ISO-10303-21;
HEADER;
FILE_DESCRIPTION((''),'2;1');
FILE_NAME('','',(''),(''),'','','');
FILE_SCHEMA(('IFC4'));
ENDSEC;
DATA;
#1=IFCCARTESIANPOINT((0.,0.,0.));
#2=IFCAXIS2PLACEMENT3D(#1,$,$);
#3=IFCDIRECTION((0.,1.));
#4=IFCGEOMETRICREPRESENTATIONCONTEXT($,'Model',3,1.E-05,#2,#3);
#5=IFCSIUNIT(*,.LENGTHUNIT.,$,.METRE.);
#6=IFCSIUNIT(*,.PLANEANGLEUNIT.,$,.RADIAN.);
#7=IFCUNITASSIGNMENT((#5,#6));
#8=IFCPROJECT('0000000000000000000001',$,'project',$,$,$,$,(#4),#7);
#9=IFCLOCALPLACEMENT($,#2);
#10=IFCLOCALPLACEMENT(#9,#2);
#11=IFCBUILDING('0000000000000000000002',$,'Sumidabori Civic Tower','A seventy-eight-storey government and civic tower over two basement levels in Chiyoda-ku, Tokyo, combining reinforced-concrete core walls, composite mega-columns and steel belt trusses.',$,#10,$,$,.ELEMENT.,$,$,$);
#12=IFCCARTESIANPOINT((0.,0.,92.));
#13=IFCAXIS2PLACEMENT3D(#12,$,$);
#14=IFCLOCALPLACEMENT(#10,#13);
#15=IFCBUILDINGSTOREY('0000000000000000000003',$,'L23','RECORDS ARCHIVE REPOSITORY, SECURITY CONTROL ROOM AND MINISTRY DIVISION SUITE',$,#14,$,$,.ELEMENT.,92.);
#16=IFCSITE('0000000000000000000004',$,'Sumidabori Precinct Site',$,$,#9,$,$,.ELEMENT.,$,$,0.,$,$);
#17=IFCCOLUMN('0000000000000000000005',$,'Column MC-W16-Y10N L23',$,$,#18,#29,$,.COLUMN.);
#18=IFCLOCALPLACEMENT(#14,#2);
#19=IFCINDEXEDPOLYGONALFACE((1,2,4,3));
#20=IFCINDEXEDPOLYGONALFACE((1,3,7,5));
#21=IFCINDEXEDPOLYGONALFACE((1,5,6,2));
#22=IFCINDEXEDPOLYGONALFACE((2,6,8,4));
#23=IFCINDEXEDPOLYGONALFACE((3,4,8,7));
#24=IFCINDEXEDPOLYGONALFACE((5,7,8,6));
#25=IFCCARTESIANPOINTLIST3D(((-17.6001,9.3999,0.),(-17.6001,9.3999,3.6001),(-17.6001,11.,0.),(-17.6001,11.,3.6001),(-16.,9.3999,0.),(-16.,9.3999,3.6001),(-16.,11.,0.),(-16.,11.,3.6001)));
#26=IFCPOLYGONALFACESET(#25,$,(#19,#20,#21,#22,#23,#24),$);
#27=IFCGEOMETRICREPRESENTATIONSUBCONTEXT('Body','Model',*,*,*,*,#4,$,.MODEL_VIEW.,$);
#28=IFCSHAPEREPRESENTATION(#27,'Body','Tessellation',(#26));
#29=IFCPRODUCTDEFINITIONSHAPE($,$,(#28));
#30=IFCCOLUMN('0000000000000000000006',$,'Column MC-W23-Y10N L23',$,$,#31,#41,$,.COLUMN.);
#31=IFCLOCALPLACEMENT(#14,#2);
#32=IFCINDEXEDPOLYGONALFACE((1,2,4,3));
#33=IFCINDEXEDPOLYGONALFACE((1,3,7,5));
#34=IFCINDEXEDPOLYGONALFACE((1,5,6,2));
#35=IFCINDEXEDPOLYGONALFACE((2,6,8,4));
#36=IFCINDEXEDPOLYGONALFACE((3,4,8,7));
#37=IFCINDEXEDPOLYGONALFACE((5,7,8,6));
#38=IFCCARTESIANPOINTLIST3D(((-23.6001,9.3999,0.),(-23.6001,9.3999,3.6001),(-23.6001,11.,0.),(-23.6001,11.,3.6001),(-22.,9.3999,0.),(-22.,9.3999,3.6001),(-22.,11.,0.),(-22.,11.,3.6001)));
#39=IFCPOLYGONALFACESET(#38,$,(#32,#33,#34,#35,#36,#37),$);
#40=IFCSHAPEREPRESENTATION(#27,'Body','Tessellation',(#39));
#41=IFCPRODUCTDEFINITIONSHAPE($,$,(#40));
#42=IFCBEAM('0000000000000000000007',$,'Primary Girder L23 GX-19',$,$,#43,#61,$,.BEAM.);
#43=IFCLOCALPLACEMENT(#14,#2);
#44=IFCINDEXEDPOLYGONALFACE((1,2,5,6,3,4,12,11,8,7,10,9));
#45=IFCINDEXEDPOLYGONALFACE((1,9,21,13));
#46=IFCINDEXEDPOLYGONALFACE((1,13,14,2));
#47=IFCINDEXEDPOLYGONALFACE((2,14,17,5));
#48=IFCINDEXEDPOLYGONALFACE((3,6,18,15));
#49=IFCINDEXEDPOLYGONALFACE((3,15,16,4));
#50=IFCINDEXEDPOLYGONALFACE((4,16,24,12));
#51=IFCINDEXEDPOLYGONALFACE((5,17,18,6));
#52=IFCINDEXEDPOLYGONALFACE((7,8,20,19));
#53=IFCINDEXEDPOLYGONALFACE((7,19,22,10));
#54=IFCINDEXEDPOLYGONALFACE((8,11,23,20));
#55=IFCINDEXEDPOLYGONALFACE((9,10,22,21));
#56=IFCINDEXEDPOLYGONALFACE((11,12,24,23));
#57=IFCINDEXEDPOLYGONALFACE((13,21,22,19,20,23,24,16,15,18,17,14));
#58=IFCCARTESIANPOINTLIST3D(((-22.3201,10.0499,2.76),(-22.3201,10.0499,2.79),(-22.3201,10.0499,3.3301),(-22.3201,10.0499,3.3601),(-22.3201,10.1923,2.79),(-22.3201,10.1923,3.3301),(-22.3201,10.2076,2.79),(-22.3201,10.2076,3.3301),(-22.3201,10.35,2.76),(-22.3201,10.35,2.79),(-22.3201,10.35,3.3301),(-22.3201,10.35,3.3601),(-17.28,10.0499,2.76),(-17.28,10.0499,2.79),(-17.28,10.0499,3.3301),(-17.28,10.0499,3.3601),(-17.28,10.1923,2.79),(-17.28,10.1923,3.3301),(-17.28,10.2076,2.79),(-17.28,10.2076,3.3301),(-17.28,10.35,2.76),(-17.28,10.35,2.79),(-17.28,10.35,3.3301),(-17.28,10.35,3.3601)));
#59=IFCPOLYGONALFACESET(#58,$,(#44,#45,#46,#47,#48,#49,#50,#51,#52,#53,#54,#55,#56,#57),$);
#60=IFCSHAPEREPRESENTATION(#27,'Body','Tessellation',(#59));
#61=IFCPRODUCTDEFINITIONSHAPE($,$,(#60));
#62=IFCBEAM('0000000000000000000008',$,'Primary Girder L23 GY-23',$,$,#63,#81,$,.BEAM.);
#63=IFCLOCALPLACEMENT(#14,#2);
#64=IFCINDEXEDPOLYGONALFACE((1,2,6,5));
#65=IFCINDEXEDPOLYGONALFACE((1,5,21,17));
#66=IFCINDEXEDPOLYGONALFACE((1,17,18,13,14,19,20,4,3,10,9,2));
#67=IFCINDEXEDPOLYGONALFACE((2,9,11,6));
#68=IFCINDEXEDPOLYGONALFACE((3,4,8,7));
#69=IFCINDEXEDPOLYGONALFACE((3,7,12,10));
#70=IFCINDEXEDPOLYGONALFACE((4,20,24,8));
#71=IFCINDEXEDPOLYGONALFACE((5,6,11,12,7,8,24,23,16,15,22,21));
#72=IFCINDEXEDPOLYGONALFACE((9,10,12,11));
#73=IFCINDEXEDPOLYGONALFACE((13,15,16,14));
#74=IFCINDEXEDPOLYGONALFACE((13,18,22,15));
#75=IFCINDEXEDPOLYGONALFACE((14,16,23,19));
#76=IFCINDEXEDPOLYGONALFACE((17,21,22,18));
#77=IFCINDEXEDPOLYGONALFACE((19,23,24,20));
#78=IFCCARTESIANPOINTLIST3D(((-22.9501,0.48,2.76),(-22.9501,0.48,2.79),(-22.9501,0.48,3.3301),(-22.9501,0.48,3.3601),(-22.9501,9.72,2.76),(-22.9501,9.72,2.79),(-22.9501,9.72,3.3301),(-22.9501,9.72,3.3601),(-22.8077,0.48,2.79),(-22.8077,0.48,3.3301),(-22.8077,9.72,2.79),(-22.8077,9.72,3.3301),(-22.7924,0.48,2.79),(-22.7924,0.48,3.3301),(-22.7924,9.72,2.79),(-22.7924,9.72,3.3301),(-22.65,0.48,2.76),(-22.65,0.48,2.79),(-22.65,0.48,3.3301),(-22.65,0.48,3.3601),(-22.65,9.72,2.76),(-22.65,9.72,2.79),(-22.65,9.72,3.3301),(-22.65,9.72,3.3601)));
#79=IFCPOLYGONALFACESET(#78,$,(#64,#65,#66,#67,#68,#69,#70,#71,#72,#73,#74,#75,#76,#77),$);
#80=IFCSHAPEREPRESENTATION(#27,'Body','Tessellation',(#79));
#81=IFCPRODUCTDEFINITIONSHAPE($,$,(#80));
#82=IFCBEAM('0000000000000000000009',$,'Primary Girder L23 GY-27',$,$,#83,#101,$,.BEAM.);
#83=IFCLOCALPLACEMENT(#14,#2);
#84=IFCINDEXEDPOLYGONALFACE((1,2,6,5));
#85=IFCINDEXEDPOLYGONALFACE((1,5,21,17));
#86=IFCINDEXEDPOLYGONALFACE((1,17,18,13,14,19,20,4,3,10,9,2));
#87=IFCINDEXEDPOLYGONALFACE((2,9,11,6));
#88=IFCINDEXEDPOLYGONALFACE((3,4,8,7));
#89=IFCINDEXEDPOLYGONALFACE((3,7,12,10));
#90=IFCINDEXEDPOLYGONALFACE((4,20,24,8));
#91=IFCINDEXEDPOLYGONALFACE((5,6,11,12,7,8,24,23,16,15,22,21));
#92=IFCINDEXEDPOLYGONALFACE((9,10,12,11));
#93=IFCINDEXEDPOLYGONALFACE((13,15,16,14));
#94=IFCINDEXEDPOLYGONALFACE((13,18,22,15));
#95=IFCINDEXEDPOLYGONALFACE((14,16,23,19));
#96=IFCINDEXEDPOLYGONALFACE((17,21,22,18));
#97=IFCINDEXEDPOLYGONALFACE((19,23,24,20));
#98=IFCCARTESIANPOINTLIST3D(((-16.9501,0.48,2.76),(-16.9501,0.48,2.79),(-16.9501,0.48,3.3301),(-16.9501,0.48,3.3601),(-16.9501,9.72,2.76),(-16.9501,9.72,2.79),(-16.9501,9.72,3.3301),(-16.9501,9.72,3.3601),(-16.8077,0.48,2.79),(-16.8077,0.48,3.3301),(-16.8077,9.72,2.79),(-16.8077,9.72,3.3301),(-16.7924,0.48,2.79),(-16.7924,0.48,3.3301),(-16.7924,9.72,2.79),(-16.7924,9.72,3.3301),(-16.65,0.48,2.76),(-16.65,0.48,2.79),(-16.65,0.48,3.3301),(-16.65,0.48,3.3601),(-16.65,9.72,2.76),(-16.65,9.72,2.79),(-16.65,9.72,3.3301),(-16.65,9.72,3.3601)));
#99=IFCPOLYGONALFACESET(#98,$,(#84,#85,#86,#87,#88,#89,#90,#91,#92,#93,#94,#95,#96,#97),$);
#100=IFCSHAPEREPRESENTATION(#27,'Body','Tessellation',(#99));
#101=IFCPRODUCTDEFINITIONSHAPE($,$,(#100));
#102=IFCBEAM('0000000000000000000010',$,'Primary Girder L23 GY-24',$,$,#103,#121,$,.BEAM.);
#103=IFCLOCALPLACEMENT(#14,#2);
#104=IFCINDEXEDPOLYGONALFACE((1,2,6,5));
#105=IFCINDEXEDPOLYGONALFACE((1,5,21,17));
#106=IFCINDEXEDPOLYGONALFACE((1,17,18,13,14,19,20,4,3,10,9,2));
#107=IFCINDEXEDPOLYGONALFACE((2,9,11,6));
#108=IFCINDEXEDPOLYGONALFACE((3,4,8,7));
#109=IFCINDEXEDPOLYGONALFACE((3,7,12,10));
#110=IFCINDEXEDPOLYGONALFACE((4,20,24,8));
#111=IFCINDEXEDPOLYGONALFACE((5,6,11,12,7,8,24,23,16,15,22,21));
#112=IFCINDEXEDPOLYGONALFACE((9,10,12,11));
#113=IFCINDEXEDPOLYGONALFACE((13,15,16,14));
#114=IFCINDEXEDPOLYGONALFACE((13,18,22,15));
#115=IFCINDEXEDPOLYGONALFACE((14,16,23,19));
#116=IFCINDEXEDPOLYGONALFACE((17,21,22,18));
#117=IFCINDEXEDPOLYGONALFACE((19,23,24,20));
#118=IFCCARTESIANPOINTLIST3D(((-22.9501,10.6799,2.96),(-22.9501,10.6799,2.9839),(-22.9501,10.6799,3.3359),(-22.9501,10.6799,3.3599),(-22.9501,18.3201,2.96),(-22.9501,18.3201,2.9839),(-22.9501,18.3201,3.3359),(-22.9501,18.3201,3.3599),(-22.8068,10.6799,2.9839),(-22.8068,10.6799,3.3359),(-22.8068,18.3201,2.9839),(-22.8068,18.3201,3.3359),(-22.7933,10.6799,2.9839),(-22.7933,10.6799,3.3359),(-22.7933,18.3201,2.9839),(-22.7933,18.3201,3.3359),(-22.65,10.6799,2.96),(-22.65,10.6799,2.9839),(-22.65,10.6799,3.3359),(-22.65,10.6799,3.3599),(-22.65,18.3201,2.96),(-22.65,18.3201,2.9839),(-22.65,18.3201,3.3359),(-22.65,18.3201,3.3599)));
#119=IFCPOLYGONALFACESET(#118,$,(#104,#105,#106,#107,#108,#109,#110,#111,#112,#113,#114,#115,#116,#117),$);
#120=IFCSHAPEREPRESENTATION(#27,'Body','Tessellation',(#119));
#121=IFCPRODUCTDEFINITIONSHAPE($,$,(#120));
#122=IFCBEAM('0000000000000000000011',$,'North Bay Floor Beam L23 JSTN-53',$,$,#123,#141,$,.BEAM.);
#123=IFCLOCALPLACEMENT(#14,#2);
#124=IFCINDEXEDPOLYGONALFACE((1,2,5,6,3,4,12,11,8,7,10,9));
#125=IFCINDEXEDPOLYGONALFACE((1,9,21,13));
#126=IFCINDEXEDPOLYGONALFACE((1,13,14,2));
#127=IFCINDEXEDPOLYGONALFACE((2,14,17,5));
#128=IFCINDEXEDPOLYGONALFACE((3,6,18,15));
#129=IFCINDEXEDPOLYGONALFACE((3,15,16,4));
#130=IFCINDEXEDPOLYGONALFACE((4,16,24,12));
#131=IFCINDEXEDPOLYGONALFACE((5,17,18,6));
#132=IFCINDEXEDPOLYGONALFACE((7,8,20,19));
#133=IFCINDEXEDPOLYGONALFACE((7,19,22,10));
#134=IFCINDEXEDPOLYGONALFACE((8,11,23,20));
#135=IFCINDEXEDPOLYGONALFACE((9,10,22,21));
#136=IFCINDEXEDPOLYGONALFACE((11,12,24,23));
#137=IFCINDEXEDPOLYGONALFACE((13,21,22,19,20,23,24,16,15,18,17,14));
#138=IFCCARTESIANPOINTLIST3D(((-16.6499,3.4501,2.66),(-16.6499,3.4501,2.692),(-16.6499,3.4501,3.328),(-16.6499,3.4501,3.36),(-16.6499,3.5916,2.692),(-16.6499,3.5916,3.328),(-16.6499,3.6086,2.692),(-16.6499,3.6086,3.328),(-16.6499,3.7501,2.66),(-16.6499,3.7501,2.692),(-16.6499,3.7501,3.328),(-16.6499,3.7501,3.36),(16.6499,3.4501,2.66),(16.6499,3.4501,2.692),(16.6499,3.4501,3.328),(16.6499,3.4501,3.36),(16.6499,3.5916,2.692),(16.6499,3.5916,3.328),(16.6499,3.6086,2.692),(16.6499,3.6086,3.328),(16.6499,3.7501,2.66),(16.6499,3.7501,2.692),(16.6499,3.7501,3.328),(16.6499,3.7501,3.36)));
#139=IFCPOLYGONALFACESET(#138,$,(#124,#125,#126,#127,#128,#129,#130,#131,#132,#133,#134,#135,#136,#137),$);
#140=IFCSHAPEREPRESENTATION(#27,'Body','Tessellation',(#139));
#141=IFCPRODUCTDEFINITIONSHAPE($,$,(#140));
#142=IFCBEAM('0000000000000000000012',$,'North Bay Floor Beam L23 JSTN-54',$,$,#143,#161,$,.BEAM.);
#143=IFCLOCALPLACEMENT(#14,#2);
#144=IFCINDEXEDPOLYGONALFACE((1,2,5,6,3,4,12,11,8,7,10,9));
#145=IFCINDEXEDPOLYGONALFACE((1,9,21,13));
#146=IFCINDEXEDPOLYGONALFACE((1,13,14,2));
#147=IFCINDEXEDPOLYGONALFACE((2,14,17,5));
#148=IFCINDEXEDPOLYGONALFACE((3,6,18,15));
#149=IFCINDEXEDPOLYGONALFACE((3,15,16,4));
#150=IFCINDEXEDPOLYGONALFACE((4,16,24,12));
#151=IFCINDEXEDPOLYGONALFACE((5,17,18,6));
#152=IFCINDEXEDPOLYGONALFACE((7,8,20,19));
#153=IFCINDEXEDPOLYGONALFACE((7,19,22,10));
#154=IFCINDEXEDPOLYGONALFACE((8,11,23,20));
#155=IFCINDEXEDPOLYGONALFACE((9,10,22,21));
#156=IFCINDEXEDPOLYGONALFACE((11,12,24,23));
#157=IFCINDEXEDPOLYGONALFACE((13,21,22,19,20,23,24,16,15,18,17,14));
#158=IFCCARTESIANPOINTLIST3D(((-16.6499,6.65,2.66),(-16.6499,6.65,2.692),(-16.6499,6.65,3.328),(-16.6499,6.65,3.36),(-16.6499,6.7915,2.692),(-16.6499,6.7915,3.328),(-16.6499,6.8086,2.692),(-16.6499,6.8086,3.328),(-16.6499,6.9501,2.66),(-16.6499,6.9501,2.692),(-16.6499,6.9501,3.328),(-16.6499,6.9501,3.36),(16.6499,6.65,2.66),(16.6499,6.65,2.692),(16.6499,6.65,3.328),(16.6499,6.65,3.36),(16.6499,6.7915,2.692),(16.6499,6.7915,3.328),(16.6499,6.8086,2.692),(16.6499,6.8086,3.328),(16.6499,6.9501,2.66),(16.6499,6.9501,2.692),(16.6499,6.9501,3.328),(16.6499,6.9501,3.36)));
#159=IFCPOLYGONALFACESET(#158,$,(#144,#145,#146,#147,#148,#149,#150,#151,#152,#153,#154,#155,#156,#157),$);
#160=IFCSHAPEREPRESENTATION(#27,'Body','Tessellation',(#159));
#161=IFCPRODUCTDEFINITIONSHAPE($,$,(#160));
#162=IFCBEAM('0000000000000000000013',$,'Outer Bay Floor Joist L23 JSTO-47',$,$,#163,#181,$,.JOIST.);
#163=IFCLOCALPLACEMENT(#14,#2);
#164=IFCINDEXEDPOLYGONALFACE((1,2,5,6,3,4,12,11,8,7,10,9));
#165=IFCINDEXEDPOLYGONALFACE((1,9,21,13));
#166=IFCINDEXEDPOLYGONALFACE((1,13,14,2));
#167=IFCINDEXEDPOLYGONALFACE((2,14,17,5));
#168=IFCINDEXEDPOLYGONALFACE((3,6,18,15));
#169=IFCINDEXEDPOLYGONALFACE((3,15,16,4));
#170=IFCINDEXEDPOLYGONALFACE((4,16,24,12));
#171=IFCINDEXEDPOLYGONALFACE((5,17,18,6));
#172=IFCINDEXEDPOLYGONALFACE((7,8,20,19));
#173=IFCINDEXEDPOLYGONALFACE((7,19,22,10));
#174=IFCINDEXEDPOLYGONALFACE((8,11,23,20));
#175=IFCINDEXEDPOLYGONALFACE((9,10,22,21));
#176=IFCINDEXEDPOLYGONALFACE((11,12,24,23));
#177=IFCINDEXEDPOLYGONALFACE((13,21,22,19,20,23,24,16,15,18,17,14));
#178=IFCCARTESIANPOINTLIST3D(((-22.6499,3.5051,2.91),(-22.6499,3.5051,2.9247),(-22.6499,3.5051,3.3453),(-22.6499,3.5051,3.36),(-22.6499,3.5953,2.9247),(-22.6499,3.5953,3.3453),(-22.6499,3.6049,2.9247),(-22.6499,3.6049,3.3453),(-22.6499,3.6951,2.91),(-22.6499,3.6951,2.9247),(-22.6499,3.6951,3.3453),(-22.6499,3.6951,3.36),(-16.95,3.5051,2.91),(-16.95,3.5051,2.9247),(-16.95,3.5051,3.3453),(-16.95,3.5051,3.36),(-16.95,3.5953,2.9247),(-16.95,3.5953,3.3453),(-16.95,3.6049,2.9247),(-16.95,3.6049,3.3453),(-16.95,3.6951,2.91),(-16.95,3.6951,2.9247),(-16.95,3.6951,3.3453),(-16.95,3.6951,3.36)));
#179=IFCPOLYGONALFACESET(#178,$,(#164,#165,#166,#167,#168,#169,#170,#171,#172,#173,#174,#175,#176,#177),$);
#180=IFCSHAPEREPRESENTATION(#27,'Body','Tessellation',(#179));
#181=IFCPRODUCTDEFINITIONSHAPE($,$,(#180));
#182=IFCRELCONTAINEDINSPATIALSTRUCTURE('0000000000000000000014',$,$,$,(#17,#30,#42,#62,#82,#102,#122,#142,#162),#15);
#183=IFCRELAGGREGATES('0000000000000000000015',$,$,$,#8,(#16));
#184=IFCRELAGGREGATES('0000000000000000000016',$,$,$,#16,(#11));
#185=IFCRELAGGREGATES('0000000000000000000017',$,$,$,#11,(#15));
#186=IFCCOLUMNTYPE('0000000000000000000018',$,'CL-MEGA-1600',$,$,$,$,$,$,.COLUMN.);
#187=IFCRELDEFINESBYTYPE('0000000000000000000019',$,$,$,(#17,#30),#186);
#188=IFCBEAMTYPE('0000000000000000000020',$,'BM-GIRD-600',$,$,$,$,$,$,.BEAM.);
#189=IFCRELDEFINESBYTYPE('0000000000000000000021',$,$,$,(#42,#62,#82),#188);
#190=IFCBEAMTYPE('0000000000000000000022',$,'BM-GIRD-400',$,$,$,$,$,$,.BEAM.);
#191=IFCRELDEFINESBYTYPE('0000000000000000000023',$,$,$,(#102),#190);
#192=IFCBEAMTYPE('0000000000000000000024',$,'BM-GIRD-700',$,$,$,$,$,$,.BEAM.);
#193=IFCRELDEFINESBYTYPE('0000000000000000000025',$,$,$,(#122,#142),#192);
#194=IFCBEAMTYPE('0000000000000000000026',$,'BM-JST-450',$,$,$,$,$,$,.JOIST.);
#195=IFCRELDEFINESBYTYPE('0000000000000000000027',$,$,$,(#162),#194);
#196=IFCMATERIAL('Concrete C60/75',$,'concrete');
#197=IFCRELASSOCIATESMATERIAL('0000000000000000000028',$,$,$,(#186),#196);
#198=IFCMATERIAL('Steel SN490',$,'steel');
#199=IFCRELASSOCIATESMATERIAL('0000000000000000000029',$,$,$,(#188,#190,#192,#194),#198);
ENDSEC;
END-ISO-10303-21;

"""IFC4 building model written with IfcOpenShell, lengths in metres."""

from ifc_helpers import new_model, si_unit, direction, frame, origin, origin_2d, place, context, subcontext, project, spatial, rectangle, i_section, extrude, source, transform, mapped, material, material_profile, profile_set, type_object, element, save


model = new_model("IFC4")

# Units and contexts
model_context = context("Model", 3, precision=1e-05, world=origin(), true_north=direction((0.0, 1.0)))
body_context = subcontext(model_context, "Body", "Model", "MODEL_VIEW")
ifc_project = project(units=[si_unit("LENGTHUNIT", "METRE"), si_unit("PLANEANGLEUNIT", "RADIAN")], contexts=[model_context])

# Site, building, storey
site_placement = place(None, origin())
site = spatial("IfcSite", under=ifc_project, at=site_placement, Name="Sumidabori Precinct Site", CompositionType="ELEMENT", RefElevation=0.0)
building_placement = place(site_placement, origin())
building = spatial("IfcBuilding", under=site, at=building_placement, Name="Sumidabori Civic Tower", Description="A seventy-eight-storey government and civic tower over two basement levels in Chiyoda-ku, Tokyo, combining reinforced-concrete core walls, composite mega-columns and steel belt trusses.", CompositionType="ELEMENT")
storey_placement = place(building_placement, frame((0.0, 0.0, 92.0)))
storey = spatial("IfcBuildingStorey", under=building, at=storey_placement, Name="L23", Description="RECORDS ARCHIVE REPOSITORY, SECURITY CONTROL ROOM AND MINISTRY DIVISION SUITE", CompositionType="ELEMENT", Elevation=92.0)

# Columns
ifc_material_1 = material(Name="Concrete C60/75", Category="concrete")
ifc_material_profile_1 = material_profile(ifc_material_1, rectangle(XDim=1.6001, YDim=1.6001, at=origin_2d()), Name="RC 1600x1600")
ifc_profile_set_1 = profile_set([ifc_material_profile_1], Name="Concrete C60/75")
column_type = type_object("IfcColumnType", Name="CL-MEGA-1600", PredefinedType="COLUMN", material=ifc_profile_set_1)
shared_shape_1 = source(origin(), body_context, "Body", "SweptSolid", [
    extrude(rectangle(XDim=1.6001, YDim=1.6001, at=origin_2d()), origin(), (0.0, 0.0, 1.0), 3.6001),
])
for number, where, z_axis, x_axis, name in (
    (1, (-16.8, 10.2, 0.0), (0.0, 0.0, 1.0), (1.0, 0.0, 0.0), "Column MC-W16-Y10N L23"),
    (2, (-22.8, 10.2, 0.0), (0.0, 0.0, 1.0), (1.0, 0.0, 0.0), "Column MC-W23-Y10N L23"),
):
    element("IfcColumn", number, at=place(storey_placement, frame(where, z_axis=z_axis, x_axis=x_axis)), inside=storey, type_object=column_type, Name=name, PredefinedType="COLUMN", context=body_context, shape_type="MappedRepresentation", body=[
        mapped(shared_shape_1, transform((0.0, 0.0, 0.0), x_axis=(1.0, 0.0, 0.0), y_axis=(0.0, 1.0, 0.0), z_axis=(0.0, 0.0, 1.0), scale=1.0)),
    ])

# Beams
ifc_material_2 = material(Name="Steel SN490", Category="steel")
ifc_material_profile_2 = material_profile(ifc_material_2, i_section(OverallWidth=0.3, OverallDepth=0.6001, WebThickness=0.0154, FlangeThickness=0.03, at=origin_2d()), Name="HE 600 B")
ifc_profile_set_2 = profile_set([ifc_material_profile_2], Name="Steel SN490")
beam_type_1 = type_object("IfcBeamType", Name="BM-GIRD-600", PredefinedType="BEAM", material=ifc_profile_set_2)
shared_shape_2 = source(origin(), body_context, "Body", "SweptSolid", [
    extrude(i_section(OverallWidth=0.3, OverallDepth=0.6001, WebThickness=0.0154, FlangeThickness=0.03, at=origin_2d()), origin(), (0.0, 0.0, 1.0), 5.04),
])
beam_1_placement = place(storey_placement, frame((-22.3201, 10.2, 3.0601), z_axis=(1.0, 0.0, 0.0), x_axis=(0.0, 1.0, 0.0)))
element("IfcBeam", 3, at=beam_1_placement, inside=storey, type_object=beam_type_1, Name="Primary Girder L23 GX-19", PredefinedType="BEAM", context=body_context, shape_type="MappedRepresentation", body=[
    mapped(shared_shape_2, transform((0.0, 0.0, 0.0), x_axis=(1.0, 0.0, 0.0), y_axis=(0.0, 1.0, 0.0), z_axis=(0.0, 0.0, 1.0), scale=1.0)),
])
shared_shape_3 = source(origin(), body_context, "Body", "SweptSolid", [
    extrude(i_section(OverallWidth=0.3, OverallDepth=0.6001, WebThickness=0.0154, FlangeThickness=0.03, at=origin_2d()), origin(), (0.0, 0.0, 1.0), 9.24),
])
for number, where, z_axis, x_axis, name in (
    (4, (-22.8, 0.48, 3.0601), (0.0, 1.0, 0.0), (-1.0, 0.0, 0.0), "Primary Girder L23 GY-23"),
    (5, (-16.8, 0.48, 3.0601), (0.0, 1.0, 0.0), (-1.0, 0.0, 0.0), "Primary Girder L23 GY-27"),
):
    element("IfcBeam", number, at=place(storey_placement, frame(where, z_axis=z_axis, x_axis=x_axis)), inside=storey, type_object=beam_type_1, Name=name, PredefinedType="BEAM", context=body_context, shape_type="MappedRepresentation", body=[
        mapped(shared_shape_3, transform((0.0, 0.0, 0.0), x_axis=(1.0, 0.0, 0.0), y_axis=(0.0, 1.0, 0.0), z_axis=(0.0, 0.0, 1.0), scale=1.0)),
    ])
ifc_material_profile_3 = material_profile(ifc_material_2, i_section(OverallWidth=0.3, OverallDepth=0.3999, WebThickness=0.0134, FlangeThickness=0.0239, at=origin_2d()), Name="HE 400 B")
ifc_profile_set_3 = profile_set([ifc_material_profile_3], Name="Steel SN490")
beam_type_2 = type_object("IfcBeamType", Name="BM-GIRD-400", PredefinedType="BEAM", material=ifc_profile_set_3)
shared_shape_4 = source(origin(), body_context, "Body", "SweptSolid", [
    extrude(i_section(OverallWidth=0.3, OverallDepth=0.3999, WebThickness=0.0134, FlangeThickness=0.0239, at=origin_2d()), origin(), (0.0, 0.0, 1.0), 7.6401),
])
beam_2_placement = place(storey_placement, frame((-22.8, 10.6799, 3.1599), z_axis=(0.0, 1.0, 0.0), x_axis=(-1.0, 0.0, 0.0)))
element("IfcBeam", 6, at=beam_2_placement, inside=storey, type_object=beam_type_2, Name="Primary Girder L23 GY-24", PredefinedType="BEAM", context=body_context, shape_type="MappedRepresentation", body=[
    mapped(shared_shape_4, transform((0.0, 0.0, 0.0), x_axis=(1.0, 0.0, 0.0), y_axis=(0.0, 1.0, 0.0), z_axis=(0.0, 0.0, 1.0), scale=1.0)),
])
ifc_material_profile_4 = material_profile(ifc_material_2, i_section(OverallWidth=0.3, OverallDepth=0.7, WebThickness=0.0171, FlangeThickness=0.032, at=origin_2d()), Name="HE 700 B")
ifc_profile_set_4 = profile_set([ifc_material_profile_4], Name="Steel SN490")
beam_type_3 = type_object("IfcBeamType", Name="BM-GIRD-700", PredefinedType="BEAM", material=ifc_profile_set_4)
shared_shape_5 = source(origin(), body_context, "Body", "SweptSolid", [
    extrude(i_section(OverallWidth=0.3, OverallDepth=0.7, WebThickness=0.0171, FlangeThickness=0.032, at=origin_2d()), origin(), (0.0, 0.0, 1.0), 33.2998),
])
for number, where, z_axis, x_axis, name in (
    (7, (-16.6499, 3.6001, 3.01), (1.0, 0.0, 0.0), (0.0, 1.0, 0.0), "North Bay Floor Beam L23 JSTN-53"),
    (8, (-16.6499, 6.8, 3.01), (1.0, 0.0, 0.0), (0.0, 1.0, 0.0), "North Bay Floor Beam L23 JSTN-54"),
):
    element("IfcBeam", number, at=place(storey_placement, frame(where, z_axis=z_axis, x_axis=x_axis)), inside=storey, type_object=beam_type_3, Name=name, PredefinedType="BEAM", context=body_context, shape_type="MappedRepresentation", body=[
        mapped(shared_shape_5, transform((0.0, 0.0, 0.0), x_axis=(1.0, 0.0, 0.0), y_axis=(0.0, 1.0, 0.0), z_axis=(0.0, 0.0, 1.0), scale=1.0)),
    ])
ifc_material_profile_5 = material_profile(ifc_material_2, i_section(OverallWidth=0.1899, OverallDepth=0.45, WebThickness=0.0095, FlangeThickness=0.0146, at=origin_2d()), Name="IPE 450")
ifc_profile_set_5 = profile_set([ifc_material_profile_5], Name="Steel SN490")
beam_type_4 = type_object("IfcBeamType", Name="BM-JST-450", PredefinedType="JOIST", material=ifc_profile_set_5)
shared_shape_6 = source(origin(), body_context, "Body", "SweptSolid", [
    extrude(i_section(OverallWidth=0.1899, OverallDepth=0.45, WebThickness=0.0095, FlangeThickness=0.0146, at=origin_2d()), origin(), (0.0, 0.0, 1.0), 5.7),
])
for number, where, z_axis, x_axis, name in (
    (9, (-22.6499, 3.6001, 3.135), (1.0, 0.0, 0.0), (0.0, 1.0, 0.0), "Outer Bay Floor Joist L23 JSTO-47"),
):
    element("IfcBeam", number, at=place(storey_placement, frame(where, z_axis=z_axis, x_axis=x_axis)), inside=storey, type_object=beam_type_4, Name=name, PredefinedType="JOIST", context=body_context, shape_type="MappedRepresentation", body=[
        mapped(shared_shape_6, transform((0.0, 0.0, 0.0), x_axis=(1.0, 0.0, 0.0), y_axis=(0.0, 1.0, 0.0), z_axis=(0.0, 0.0, 1.0), scale=1.0)),
    ])

save(model, "model.ifc")
